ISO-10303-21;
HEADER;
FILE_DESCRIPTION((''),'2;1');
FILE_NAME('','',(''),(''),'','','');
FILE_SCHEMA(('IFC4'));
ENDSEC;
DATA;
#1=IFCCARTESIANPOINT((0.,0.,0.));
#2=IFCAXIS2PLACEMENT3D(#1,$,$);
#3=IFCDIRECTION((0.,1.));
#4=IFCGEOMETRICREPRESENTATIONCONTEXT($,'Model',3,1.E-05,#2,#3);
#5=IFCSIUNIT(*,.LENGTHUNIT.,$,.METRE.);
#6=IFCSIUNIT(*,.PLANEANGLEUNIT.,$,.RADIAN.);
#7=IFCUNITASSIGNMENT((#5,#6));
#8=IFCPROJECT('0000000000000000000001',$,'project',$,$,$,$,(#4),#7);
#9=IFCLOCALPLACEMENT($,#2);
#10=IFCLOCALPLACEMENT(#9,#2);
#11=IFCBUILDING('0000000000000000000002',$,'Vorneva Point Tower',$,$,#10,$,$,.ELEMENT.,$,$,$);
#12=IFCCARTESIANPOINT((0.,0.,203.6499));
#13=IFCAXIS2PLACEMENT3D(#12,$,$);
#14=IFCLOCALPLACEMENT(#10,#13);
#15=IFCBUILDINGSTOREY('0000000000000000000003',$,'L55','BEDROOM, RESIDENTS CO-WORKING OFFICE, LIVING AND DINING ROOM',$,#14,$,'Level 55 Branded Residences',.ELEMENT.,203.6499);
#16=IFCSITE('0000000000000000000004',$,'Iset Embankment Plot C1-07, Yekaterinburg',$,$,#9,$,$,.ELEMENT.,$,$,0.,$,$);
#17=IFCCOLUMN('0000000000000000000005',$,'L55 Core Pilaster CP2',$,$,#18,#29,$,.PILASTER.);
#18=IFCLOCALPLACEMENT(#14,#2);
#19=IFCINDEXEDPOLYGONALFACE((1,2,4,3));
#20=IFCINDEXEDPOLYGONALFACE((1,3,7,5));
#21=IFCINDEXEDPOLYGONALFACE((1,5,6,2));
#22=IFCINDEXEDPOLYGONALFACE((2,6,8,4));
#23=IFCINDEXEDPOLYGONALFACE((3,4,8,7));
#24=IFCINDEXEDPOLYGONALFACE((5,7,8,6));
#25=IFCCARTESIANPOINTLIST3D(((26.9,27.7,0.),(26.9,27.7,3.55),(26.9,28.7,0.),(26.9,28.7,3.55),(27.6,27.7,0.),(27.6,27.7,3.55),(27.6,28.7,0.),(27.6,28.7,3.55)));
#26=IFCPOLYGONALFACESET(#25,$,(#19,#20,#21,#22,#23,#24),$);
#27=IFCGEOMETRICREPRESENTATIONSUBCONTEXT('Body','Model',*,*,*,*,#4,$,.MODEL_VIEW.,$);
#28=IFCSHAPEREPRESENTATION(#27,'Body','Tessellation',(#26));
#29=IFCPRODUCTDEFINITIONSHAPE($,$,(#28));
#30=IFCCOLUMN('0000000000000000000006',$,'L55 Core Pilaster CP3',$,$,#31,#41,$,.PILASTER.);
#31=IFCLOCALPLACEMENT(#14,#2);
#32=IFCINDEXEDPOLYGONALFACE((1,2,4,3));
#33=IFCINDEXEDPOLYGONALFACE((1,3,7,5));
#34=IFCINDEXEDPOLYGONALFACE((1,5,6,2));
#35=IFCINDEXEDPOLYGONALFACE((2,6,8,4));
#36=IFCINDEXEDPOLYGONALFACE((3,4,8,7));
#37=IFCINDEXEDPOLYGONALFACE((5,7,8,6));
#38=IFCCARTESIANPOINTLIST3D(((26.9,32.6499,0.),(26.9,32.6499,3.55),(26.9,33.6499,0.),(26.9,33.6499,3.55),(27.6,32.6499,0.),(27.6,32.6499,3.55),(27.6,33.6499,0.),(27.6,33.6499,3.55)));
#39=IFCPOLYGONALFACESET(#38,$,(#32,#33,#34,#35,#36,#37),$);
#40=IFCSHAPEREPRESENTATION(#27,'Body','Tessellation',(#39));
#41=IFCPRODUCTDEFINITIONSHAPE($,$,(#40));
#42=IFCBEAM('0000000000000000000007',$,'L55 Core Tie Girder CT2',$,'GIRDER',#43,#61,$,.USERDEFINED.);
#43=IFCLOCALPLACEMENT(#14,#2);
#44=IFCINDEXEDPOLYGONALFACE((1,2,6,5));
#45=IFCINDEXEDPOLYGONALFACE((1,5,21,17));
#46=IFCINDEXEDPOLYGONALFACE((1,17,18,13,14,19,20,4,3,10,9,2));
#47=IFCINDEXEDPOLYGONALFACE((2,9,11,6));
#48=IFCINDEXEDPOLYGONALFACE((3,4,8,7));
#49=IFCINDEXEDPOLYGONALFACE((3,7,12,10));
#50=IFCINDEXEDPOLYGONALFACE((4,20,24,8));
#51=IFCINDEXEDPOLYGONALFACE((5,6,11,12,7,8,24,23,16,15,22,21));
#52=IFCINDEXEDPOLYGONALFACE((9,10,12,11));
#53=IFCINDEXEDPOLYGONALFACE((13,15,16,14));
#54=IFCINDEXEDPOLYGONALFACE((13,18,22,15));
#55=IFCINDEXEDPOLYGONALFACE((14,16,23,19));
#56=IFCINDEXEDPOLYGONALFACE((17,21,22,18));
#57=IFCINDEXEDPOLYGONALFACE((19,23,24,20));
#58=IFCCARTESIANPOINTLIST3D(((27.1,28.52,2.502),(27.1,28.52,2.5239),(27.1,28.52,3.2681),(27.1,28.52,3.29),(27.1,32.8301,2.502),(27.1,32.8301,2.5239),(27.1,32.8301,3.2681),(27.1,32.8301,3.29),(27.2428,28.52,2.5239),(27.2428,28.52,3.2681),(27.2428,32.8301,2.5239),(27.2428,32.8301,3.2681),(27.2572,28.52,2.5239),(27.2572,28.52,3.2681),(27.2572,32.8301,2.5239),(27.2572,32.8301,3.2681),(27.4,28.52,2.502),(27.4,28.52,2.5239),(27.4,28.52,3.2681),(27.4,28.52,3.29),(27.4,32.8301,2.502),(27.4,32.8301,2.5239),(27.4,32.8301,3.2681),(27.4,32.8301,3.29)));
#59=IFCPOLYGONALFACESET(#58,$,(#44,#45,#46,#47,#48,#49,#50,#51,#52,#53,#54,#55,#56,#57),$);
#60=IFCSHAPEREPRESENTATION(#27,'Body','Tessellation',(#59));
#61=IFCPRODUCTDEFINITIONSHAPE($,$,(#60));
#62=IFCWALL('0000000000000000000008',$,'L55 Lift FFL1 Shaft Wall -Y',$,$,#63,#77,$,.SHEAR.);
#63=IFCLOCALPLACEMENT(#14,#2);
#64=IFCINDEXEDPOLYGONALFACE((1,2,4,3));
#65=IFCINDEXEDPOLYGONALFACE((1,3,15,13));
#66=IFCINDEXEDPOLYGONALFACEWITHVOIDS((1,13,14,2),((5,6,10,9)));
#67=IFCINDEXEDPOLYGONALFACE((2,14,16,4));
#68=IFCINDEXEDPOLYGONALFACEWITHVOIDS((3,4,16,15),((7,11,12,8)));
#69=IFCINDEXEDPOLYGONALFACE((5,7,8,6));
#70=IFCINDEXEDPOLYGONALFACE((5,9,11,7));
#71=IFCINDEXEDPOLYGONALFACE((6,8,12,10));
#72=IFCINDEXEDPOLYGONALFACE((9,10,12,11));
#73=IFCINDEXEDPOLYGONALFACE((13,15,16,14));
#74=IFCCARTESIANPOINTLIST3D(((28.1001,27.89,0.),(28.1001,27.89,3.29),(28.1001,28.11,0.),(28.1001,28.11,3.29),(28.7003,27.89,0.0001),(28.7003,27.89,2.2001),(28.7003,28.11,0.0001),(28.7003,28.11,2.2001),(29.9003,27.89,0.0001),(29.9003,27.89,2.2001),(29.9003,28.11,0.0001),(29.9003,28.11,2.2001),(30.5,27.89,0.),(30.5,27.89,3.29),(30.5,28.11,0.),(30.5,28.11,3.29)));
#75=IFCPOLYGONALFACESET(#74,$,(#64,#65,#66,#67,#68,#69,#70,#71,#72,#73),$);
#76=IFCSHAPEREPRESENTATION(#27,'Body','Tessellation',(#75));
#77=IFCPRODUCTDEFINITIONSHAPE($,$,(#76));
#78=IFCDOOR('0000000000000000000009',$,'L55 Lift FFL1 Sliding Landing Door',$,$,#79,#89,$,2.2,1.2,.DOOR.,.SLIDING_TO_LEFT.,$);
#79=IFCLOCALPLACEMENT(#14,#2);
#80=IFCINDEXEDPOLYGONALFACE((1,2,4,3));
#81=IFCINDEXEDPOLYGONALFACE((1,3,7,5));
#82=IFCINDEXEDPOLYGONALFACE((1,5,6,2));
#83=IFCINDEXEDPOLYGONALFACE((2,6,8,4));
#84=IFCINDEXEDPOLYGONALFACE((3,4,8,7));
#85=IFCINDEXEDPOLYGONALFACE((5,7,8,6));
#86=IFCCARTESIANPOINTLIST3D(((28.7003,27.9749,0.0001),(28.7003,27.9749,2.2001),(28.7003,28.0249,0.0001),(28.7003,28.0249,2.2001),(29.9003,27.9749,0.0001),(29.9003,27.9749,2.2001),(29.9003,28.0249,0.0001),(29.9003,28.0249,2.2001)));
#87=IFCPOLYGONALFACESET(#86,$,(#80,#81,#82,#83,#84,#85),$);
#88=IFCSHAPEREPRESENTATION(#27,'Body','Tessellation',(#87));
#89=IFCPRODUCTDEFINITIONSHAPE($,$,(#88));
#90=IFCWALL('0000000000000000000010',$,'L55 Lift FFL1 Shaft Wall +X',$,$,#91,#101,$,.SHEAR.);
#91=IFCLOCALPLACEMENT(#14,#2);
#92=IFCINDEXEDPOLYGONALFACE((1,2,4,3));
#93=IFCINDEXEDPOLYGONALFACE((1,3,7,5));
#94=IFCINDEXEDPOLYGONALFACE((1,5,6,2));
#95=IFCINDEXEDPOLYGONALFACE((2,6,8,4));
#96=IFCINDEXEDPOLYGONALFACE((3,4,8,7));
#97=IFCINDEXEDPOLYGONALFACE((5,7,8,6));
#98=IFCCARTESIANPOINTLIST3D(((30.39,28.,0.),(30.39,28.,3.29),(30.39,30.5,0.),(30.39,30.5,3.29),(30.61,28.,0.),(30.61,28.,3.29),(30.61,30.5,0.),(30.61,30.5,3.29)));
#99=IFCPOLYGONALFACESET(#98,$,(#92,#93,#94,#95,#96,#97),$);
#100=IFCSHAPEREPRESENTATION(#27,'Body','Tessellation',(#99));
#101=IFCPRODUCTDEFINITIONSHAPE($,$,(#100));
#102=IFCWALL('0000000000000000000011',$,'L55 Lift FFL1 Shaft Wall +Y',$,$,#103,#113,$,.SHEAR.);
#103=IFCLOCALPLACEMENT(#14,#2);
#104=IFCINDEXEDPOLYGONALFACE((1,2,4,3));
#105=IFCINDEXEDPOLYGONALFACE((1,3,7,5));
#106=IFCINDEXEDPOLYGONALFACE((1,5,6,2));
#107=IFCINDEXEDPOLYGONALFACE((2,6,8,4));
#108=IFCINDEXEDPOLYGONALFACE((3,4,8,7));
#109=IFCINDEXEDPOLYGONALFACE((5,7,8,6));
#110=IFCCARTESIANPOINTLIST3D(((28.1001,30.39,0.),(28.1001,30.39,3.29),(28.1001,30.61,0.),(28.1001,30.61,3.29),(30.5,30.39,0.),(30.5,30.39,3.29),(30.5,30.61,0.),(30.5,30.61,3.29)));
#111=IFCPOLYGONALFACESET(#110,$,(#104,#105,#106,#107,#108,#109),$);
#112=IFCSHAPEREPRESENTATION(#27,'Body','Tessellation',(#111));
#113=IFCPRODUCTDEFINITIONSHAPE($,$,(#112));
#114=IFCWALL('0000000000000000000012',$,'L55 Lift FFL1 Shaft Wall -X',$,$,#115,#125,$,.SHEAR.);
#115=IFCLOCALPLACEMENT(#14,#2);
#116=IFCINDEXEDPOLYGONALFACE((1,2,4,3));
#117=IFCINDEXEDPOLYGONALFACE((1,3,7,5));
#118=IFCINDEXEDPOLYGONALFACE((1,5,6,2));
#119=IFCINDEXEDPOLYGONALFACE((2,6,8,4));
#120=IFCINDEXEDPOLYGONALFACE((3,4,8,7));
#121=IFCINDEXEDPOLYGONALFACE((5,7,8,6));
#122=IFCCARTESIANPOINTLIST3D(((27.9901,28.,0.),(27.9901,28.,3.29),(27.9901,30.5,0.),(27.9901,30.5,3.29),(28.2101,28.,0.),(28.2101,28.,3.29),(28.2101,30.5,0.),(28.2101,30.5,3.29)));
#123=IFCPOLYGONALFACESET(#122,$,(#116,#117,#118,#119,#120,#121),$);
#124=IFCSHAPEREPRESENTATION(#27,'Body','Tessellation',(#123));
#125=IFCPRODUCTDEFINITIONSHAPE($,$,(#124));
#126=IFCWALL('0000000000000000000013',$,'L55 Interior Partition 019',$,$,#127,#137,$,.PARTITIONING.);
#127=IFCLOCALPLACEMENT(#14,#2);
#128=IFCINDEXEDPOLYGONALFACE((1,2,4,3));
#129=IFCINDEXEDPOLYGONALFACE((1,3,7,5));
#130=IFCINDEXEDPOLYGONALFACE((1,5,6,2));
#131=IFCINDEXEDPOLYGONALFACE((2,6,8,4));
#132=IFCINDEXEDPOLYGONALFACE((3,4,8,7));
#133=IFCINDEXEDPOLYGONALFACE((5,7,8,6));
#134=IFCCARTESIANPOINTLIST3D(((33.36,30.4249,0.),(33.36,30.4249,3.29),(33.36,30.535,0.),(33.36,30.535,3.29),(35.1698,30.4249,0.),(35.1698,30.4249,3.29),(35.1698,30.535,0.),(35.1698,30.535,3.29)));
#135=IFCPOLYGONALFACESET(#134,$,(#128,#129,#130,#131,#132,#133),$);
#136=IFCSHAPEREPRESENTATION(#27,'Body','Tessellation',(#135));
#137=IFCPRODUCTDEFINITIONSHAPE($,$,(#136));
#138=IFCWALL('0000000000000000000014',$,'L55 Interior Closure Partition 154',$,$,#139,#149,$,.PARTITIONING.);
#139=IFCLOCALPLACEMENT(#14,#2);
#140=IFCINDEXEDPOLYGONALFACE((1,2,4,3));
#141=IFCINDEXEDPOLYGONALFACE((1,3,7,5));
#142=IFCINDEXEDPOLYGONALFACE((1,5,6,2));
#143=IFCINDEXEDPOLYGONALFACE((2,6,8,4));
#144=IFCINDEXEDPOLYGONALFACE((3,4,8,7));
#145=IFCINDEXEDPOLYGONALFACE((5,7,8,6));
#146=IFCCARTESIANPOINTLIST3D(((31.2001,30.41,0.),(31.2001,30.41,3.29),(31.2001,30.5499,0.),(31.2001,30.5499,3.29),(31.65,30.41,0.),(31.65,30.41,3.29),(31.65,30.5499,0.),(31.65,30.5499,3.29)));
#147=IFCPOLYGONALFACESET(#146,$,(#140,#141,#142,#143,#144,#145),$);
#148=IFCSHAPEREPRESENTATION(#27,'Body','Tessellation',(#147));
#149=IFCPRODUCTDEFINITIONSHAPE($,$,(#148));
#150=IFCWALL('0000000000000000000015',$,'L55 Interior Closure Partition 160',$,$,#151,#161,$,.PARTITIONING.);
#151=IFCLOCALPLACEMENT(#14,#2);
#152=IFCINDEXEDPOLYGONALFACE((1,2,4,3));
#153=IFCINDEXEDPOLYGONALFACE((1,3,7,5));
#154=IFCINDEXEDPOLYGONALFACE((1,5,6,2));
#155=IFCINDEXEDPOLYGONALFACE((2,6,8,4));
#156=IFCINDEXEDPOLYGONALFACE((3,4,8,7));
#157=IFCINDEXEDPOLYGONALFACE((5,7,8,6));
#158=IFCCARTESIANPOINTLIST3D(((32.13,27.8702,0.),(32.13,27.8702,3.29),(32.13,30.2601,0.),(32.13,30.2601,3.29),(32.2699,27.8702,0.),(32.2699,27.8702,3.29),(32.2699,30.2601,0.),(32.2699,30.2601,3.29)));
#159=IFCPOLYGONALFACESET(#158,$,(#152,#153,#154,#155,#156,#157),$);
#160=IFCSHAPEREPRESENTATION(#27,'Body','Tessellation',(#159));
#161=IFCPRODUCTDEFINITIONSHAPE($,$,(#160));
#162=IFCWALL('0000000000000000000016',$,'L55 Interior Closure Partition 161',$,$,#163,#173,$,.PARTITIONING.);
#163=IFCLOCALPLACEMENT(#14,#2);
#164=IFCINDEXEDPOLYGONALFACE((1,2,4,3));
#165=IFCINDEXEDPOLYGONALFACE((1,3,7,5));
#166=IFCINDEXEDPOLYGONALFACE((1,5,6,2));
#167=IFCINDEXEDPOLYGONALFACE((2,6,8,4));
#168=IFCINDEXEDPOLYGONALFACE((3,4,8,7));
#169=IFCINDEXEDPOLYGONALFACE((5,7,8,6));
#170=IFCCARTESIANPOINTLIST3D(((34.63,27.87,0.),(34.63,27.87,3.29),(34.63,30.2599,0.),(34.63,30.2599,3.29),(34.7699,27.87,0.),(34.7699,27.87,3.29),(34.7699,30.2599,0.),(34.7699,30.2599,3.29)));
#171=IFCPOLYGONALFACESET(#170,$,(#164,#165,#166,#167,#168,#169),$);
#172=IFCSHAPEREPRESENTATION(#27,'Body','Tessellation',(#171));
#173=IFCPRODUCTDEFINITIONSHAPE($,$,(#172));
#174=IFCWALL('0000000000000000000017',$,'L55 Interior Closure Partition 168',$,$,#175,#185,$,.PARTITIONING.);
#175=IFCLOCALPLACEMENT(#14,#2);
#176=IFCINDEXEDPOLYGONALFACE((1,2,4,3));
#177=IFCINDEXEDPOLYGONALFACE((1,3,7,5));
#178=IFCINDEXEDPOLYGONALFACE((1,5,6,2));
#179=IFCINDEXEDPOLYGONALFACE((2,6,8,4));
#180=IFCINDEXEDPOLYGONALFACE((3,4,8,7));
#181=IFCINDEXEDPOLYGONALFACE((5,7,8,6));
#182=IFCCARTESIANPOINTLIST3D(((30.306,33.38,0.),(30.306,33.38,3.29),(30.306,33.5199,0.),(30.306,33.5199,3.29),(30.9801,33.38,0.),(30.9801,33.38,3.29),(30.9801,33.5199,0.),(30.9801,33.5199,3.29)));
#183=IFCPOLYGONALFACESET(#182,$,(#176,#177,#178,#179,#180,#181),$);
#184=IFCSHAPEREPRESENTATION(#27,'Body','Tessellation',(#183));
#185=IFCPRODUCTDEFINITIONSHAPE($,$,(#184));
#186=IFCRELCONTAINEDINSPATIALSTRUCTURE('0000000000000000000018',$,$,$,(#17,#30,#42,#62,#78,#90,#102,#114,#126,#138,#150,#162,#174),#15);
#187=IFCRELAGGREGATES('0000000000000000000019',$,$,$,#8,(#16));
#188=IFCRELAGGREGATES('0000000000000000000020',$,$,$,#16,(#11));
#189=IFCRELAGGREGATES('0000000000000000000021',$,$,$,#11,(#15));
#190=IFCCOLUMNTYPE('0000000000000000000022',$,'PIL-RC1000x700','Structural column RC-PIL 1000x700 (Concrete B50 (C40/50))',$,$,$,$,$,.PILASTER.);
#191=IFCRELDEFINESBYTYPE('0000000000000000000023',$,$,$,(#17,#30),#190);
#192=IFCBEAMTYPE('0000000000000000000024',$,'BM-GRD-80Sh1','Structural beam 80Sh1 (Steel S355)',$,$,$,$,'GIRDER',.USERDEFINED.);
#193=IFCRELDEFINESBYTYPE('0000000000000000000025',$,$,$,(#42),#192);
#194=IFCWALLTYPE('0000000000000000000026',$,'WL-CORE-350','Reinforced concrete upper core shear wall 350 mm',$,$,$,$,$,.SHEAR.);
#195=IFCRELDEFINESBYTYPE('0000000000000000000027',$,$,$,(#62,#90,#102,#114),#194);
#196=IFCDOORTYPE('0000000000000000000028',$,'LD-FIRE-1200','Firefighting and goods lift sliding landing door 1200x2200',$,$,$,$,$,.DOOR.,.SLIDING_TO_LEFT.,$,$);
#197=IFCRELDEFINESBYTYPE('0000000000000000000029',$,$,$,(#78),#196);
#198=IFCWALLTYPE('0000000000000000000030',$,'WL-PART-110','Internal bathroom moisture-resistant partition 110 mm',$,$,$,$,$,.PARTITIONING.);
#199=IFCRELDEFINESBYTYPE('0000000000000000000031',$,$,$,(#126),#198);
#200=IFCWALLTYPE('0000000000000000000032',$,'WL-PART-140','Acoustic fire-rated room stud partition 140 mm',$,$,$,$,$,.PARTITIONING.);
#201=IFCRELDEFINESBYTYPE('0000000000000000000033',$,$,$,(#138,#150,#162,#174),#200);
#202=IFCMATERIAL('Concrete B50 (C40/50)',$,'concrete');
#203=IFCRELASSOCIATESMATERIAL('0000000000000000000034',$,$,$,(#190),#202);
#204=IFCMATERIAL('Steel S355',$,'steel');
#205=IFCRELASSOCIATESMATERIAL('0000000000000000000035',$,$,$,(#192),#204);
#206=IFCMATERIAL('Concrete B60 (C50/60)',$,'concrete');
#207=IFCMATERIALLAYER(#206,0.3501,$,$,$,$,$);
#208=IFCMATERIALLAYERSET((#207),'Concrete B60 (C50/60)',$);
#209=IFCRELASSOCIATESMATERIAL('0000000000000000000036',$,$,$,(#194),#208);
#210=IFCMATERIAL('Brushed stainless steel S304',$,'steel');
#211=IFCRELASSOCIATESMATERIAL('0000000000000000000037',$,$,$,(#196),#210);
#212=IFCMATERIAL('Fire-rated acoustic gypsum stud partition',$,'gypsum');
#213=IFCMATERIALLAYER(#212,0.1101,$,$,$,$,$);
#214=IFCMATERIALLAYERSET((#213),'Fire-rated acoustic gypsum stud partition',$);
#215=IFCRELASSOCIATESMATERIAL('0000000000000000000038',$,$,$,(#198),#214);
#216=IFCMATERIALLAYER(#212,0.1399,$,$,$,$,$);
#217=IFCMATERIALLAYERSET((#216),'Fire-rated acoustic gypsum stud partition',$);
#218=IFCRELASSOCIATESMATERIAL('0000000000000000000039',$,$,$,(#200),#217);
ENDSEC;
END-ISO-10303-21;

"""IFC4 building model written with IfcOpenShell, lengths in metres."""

from ifc_helpers import new_model, si_unit, direction, frame, frame_2d, origin, origin_2d, place, context, subcontext, project, spatial, rectangle, i_section, extrude, material, layer, layer_set, material_profile, profile_set, type_object, element, fill, save


model = new_model("IFC4")

# Units and contexts
model_context = context("Model", 3, precision=1e-05, world=origin(), true_north=direction((0.0, 1.0)))
body_context = subcontext(model_context, "Body", "Model", "MODEL_VIEW")
ifc_project = project(units=[si_unit("LENGTHUNIT", "METRE"), si_unit("PLANEANGLEUNIT", "RADIAN")], contexts=[model_context])

# Site, building, storey
site_placement = place(None, origin())
site = spatial("IfcSite", under=ifc_project, at=site_placement, Name="Iset Embankment Plot C1-07, Yekaterinburg", CompositionType="ELEMENT", RefElevation=0.0)
building_placement = place(site_placement, origin())
building = spatial("IfcBuilding", under=site, at=building_placement, Name="Vorneva Point Tower", CompositionType="ELEMENT")
storey_placement = place(building_placement, frame((0.0, 0.0, 203.6499)))
storey = spatial("IfcBuildingStorey", under=building, at=storey_placement, Name="L55", Description="BEDROOM, RESIDENTS CO-WORKING OFFICE, LIVING AND DINING ROOM", LongName="Level 55 Branded Residences", CompositionType="ELEMENT", Elevation=203.6499)

# Columns
ifc_material_1 = material(Name="Concrete B50 (C40/50)", Category="concrete")
ifc_material_profile_1 = material_profile(ifc_material_1, rectangle(XDim=0.7, YDim=1.0, at=origin_2d()), Name="RC-PIL 1000x700")
ifc_profile_set_1 = profile_set([ifc_material_profile_1], Name="Concrete B50 (C40/50)")
column_type = type_object("IfcColumnType", Name="PIL-RC1000x700", Description="Structural column RC-PIL 1000x700 (Concrete B50 (C40/50))", PredefinedType="PILASTER", material=ifc_profile_set_1)
for number, where, z_axis, x_axis, name in (
    (1, (27.25, 28.2, 0.0), (0.0, 0.0, 1.0), (1.0, 0.0, 0.0), "L55 Core Pilaster CP2"),
    (2, (27.25, 33.1499, 0.0), (0.0, 0.0, 1.0), (1.0, 0.0, 0.0), "L55 Core Pilaster CP3"),
):
    element("IfcColumn", number, at=place(storey_placement, frame(where, z_axis=z_axis, x_axis=x_axis)), inside=storey, type_object=column_type, Name=name, PredefinedType="PILASTER", context=body_context, shape_type="SweptSolid", body=[
        extrude(rectangle(XDim=0.7, YDim=1.0, at=origin_2d()), origin(), (0.0, 0.0, 1.0), 3.55),
    ])

# Beam
ifc_material_2 = material(Name="Steel S355", Category="steel")
ifc_material_profile_2 = material_profile(ifc_material_2, i_section(OverallWidth=0.3, OverallDepth=0.7881, WebThickness=0.0144, FlangeThickness=0.022, at=origin_2d()), Name="80Sh1")
ifc_profile_set_2 = profile_set([ifc_material_profile_2], Name="Steel S355")
beam_type = type_object("IfcBeamType", Name="BM-GRD-80Sh1", Description="Structural beam 80Sh1 (Steel S355)", ElementType="GIRDER", PredefinedType="USERDEFINED", material=ifc_profile_set_2)
beam_placement = place(storey_placement, frame((27.25, 28.52, 2.896), z_axis=(0.0, 1.0, 0.0), x_axis=(-1.0, 0.0, 0.0)))
element("IfcBeam", 3, at=beam_placement, inside=storey, type_object=beam_type, Name="L55 Core Tie Girder CT2", ObjectType="GIRDER", PredefinedType="USERDEFINED", context=body_context, shape_type="SweptSolid", body=[
    extrude(i_section(OverallWidth=0.3, OverallDepth=0.7881, WebThickness=0.0144, FlangeThickness=0.022, at=origin_2d()), origin(), (0.0, 0.0, 1.0), 4.3101),
])

# Wall, opening, door
ifc_material_3 = material(Name="Concrete B60 (C50/60)", Category="concrete")
ifc_layer_1 = layer(ifc_material_3, 0.3501)
ifc_layer_set_1 = layer_set([ifc_layer_1], Name="Concrete B60 (C50/60)")
wall_type_1 = type_object("IfcWallType", Name="WL-CORE-350", Description="Reinforced concrete upper core shear wall 350 mm", PredefinedType="SHEAR", material=ifc_layer_set_1)
wall_1_placement = place(storey_placement, frame((28.1001, 28.0, 0.0), z_axis=(0.0, 0.0, 1.0), x_axis=(1.0, 0.0, 0.0)))
wall_1 = element("IfcWall", 4, at=wall_1_placement, inside=storey, type_object=wall_type_1, Name="L55 Lift FFL1 Shaft Wall -Y", PredefinedType="SHEAR", context=body_context, shape_type="SweptSolid", body=[
    extrude(rectangle(XDim=2.3999, YDim=0.22, at=frame_2d((1.2, 0.0))), origin(), (0.0, 0.0, 1.0), 3.29),
])
opening_1_placement = place(wall_1_placement, frame((0.6001, 0.0, 0.0)))
opening_1 = element("IfcOpeningElement", 5, at=opening_1_placement, cuts=wall_1, PredefinedType="OPENING", context=body_context, shape_type="SweptSolid", body=[
    extrude(rectangle(XDim=1.2, YDim=2.2, at=frame_2d((0.6001, 1.1001))), frame((0.0, 0.125, 0.0), z_axis=(0.0, -1.0, 0.0), x_axis=(1.0, 0.0, 0.0)), (0.0, 0.0, 1.0), 0.2498),
])
ifc_material_4 = material(Name="Brushed stainless steel S304", Category="steel")
door_type_1 = type_object("IfcDoorType", Name="LD-FIRE-1200", Description="Firefighting and goods lift sliding landing door 1200x2200", OperationType="SLIDING_TO_LEFT", PredefinedType="DOOR", material=ifc_material_4)
door_1_placement = place(opening_1_placement, origin())
door_1 = element("IfcDoor", 6, at=door_1_placement, inside=storey, type_object=door_type_1, Name="L55 Lift FFL1 Sliding Landing Door", OperationType="SLIDING_TO_LEFT", OverallHeight=2.2, OverallWidth=1.2, PredefinedType="DOOR", context=body_context, shape_type="SweptSolid", body=[
    extrude(rectangle(XDim=1.2, YDim=2.2, at=frame_2d((0.6001, 1.1001))), frame((0.0, 0.0249, 0.0), z_axis=(0.0, -1.0, 0.0), x_axis=(1.0, 0.0, 0.0)), (0.0, 0.0, 1.0), 0.05),
])
fill(opening_1, door_1)

# Walls
wall_2_placement = place(storey_placement, frame((30.5, 28.0, 0.0), z_axis=(0.0, 0.0, 1.0), x_axis=(0.0, 1.0, 0.0)))
element("IfcWall", 7, at=wall_2_placement, inside=storey, type_object=wall_type_1, Name="L55 Lift FFL1 Shaft Wall +X", PredefinedType="SHEAR", context=body_context, shape_type="SweptSolid", body=[
    extrude(rectangle(XDim=2.5, YDim=0.22, at=frame_2d((1.25, 0.0))), origin(), (0.0, 0.0, 1.0), 3.29),
])
wall_3_placement = place(storey_placement, frame((30.5, 30.5, 0.0), z_axis=(0.0, 0.0, 1.0), x_axis=(-1.0, 0.0, 0.0)))
element("IfcWall", 8, at=wall_3_placement, inside=storey, type_object=wall_type_1, Name="L55 Lift FFL1 Shaft Wall +Y", PredefinedType="SHEAR", context=body_context, shape_type="SweptSolid", body=[
    extrude(rectangle(XDim=2.3999, YDim=0.22, at=frame_2d((1.2, 0.0))), origin(), (0.0, 0.0, 1.0), 3.29),
])
wall_4_placement = place(storey_placement, frame((28.1001, 30.5, 0.0), z_axis=(0.0, 0.0, 1.0), x_axis=(0.0, -1.0, 0.0)))
element("IfcWall", 9, at=wall_4_placement, inside=storey, type_object=wall_type_1, Name="L55 Lift FFL1 Shaft Wall -X", PredefinedType="SHEAR", context=body_context, shape_type="SweptSolid", body=[
    extrude(rectangle(XDim=2.5, YDim=0.22, at=frame_2d((1.25, 0.0))), origin(), (0.0, 0.0, 1.0), 3.29),
])
ifc_material_5 = material(Name="Fire-rated acoustic gypsum stud partition", Category="gypsum")
ifc_layer_2 = layer(ifc_material_5, 0.1101)
ifc_layer_set_2 = layer_set([ifc_layer_2], Name="Fire-rated acoustic gypsum stud partition")
wall_type_2 = type_object("IfcWallType", Name="WL-PART-110", Description="Internal bathroom moisture-resistant partition 110 mm", PredefinedType="PARTITIONING", material=ifc_layer_set_2)
wall_5_placement = place(storey_placement, frame((33.3601, 30.48, 0.0), z_axis=(0.0, 0.0, 1.0), x_axis=(1.0, 0.0, 0.0)))
element("IfcWall", 10, at=wall_5_placement, inside=storey, type_object=wall_type_2, Name="L55 Interior Partition 019", PredefinedType="PARTITIONING", context=body_context, shape_type="SweptSolid", body=[
    extrude(rectangle(XDim=1.8098, YDim=0.1101, at=frame_2d((0.9048, 0.0))), origin(), (0.0, 0.0, 1.0), 3.29),
])
ifc_layer_3 = layer(ifc_material_5, 0.1399)
ifc_layer_set_3 = layer_set([ifc_layer_3], Name="Fire-rated acoustic gypsum stud partition")
wall_type_3 = type_object("IfcWallType", Name="WL-PART-140", Description="Acoustic fire-rated room stud partition 140 mm", PredefinedType="PARTITIONING", material=ifc_layer_set_3)
wall_6_placement = place(storey_placement, frame((31.2, 30.48, 0.0), z_axis=(0.0, 0.0, 1.0), x_axis=(1.0, 0.0, 0.0)))
element("IfcWall", 11, at=wall_6_placement, inside=storey, type_object=wall_type_3, Name="L55 Interior Closure Partition 154", PredefinedType="PARTITIONING", context=body_context, shape_type="SweptSolid", body=[
    extrude(rectangle(XDim=0.45, YDim=0.1399, at=frame_2d((0.2251, 0.0))), origin(), (0.0, 0.0, 1.0), 3.29),
])
for number, where, z_axis, x_axis, name in (
    (12, (32.2, 30.26, 0.0), (0.0, 0.0, 1.0), (0.0, -1.0, 0.0), "L55 Interior Closure Partition 160"),
    (13, (34.7, 27.8701, 0.0), (0.0, 0.0, 1.0), (0.0, 1.0, 0.0), "L55 Interior Closure Partition 161"),
):
    element("IfcWall", number, at=place(storey_placement, frame(where, z_axis=z_axis, x_axis=x_axis)), inside=storey, type_object=wall_type_3, Name=name, PredefinedType="PARTITIONING", context=body_context, shape_type="SweptSolid", body=[
        extrude(rectangle(XDim=2.3899, YDim=0.1399, at=frame_2d((1.1948, 0.0))), origin(), (0.0, 0.0, 1.0), 3.29),
    ])
wall_7_placement = place(storey_placement, frame((30.98, 33.45, 0.0), z_axis=(0.0, 0.0, 1.0), x_axis=(-1.0, 0.0, 0.0)))
element("IfcWall", 14, at=wall_7_placement, inside=storey, type_object=wall_type_3, Name="L55 Interior Closure Partition 168", PredefinedType="PARTITIONING", context=body_context, shape_type="SweptSolid", body=[
    extrude(rectangle(XDim=0.6741, YDim=0.1399, at=frame_2d((0.3369, 0.0))), origin(), (0.0, 0.0, 1.0), 3.29),
])

save(model, "model.ifc")
